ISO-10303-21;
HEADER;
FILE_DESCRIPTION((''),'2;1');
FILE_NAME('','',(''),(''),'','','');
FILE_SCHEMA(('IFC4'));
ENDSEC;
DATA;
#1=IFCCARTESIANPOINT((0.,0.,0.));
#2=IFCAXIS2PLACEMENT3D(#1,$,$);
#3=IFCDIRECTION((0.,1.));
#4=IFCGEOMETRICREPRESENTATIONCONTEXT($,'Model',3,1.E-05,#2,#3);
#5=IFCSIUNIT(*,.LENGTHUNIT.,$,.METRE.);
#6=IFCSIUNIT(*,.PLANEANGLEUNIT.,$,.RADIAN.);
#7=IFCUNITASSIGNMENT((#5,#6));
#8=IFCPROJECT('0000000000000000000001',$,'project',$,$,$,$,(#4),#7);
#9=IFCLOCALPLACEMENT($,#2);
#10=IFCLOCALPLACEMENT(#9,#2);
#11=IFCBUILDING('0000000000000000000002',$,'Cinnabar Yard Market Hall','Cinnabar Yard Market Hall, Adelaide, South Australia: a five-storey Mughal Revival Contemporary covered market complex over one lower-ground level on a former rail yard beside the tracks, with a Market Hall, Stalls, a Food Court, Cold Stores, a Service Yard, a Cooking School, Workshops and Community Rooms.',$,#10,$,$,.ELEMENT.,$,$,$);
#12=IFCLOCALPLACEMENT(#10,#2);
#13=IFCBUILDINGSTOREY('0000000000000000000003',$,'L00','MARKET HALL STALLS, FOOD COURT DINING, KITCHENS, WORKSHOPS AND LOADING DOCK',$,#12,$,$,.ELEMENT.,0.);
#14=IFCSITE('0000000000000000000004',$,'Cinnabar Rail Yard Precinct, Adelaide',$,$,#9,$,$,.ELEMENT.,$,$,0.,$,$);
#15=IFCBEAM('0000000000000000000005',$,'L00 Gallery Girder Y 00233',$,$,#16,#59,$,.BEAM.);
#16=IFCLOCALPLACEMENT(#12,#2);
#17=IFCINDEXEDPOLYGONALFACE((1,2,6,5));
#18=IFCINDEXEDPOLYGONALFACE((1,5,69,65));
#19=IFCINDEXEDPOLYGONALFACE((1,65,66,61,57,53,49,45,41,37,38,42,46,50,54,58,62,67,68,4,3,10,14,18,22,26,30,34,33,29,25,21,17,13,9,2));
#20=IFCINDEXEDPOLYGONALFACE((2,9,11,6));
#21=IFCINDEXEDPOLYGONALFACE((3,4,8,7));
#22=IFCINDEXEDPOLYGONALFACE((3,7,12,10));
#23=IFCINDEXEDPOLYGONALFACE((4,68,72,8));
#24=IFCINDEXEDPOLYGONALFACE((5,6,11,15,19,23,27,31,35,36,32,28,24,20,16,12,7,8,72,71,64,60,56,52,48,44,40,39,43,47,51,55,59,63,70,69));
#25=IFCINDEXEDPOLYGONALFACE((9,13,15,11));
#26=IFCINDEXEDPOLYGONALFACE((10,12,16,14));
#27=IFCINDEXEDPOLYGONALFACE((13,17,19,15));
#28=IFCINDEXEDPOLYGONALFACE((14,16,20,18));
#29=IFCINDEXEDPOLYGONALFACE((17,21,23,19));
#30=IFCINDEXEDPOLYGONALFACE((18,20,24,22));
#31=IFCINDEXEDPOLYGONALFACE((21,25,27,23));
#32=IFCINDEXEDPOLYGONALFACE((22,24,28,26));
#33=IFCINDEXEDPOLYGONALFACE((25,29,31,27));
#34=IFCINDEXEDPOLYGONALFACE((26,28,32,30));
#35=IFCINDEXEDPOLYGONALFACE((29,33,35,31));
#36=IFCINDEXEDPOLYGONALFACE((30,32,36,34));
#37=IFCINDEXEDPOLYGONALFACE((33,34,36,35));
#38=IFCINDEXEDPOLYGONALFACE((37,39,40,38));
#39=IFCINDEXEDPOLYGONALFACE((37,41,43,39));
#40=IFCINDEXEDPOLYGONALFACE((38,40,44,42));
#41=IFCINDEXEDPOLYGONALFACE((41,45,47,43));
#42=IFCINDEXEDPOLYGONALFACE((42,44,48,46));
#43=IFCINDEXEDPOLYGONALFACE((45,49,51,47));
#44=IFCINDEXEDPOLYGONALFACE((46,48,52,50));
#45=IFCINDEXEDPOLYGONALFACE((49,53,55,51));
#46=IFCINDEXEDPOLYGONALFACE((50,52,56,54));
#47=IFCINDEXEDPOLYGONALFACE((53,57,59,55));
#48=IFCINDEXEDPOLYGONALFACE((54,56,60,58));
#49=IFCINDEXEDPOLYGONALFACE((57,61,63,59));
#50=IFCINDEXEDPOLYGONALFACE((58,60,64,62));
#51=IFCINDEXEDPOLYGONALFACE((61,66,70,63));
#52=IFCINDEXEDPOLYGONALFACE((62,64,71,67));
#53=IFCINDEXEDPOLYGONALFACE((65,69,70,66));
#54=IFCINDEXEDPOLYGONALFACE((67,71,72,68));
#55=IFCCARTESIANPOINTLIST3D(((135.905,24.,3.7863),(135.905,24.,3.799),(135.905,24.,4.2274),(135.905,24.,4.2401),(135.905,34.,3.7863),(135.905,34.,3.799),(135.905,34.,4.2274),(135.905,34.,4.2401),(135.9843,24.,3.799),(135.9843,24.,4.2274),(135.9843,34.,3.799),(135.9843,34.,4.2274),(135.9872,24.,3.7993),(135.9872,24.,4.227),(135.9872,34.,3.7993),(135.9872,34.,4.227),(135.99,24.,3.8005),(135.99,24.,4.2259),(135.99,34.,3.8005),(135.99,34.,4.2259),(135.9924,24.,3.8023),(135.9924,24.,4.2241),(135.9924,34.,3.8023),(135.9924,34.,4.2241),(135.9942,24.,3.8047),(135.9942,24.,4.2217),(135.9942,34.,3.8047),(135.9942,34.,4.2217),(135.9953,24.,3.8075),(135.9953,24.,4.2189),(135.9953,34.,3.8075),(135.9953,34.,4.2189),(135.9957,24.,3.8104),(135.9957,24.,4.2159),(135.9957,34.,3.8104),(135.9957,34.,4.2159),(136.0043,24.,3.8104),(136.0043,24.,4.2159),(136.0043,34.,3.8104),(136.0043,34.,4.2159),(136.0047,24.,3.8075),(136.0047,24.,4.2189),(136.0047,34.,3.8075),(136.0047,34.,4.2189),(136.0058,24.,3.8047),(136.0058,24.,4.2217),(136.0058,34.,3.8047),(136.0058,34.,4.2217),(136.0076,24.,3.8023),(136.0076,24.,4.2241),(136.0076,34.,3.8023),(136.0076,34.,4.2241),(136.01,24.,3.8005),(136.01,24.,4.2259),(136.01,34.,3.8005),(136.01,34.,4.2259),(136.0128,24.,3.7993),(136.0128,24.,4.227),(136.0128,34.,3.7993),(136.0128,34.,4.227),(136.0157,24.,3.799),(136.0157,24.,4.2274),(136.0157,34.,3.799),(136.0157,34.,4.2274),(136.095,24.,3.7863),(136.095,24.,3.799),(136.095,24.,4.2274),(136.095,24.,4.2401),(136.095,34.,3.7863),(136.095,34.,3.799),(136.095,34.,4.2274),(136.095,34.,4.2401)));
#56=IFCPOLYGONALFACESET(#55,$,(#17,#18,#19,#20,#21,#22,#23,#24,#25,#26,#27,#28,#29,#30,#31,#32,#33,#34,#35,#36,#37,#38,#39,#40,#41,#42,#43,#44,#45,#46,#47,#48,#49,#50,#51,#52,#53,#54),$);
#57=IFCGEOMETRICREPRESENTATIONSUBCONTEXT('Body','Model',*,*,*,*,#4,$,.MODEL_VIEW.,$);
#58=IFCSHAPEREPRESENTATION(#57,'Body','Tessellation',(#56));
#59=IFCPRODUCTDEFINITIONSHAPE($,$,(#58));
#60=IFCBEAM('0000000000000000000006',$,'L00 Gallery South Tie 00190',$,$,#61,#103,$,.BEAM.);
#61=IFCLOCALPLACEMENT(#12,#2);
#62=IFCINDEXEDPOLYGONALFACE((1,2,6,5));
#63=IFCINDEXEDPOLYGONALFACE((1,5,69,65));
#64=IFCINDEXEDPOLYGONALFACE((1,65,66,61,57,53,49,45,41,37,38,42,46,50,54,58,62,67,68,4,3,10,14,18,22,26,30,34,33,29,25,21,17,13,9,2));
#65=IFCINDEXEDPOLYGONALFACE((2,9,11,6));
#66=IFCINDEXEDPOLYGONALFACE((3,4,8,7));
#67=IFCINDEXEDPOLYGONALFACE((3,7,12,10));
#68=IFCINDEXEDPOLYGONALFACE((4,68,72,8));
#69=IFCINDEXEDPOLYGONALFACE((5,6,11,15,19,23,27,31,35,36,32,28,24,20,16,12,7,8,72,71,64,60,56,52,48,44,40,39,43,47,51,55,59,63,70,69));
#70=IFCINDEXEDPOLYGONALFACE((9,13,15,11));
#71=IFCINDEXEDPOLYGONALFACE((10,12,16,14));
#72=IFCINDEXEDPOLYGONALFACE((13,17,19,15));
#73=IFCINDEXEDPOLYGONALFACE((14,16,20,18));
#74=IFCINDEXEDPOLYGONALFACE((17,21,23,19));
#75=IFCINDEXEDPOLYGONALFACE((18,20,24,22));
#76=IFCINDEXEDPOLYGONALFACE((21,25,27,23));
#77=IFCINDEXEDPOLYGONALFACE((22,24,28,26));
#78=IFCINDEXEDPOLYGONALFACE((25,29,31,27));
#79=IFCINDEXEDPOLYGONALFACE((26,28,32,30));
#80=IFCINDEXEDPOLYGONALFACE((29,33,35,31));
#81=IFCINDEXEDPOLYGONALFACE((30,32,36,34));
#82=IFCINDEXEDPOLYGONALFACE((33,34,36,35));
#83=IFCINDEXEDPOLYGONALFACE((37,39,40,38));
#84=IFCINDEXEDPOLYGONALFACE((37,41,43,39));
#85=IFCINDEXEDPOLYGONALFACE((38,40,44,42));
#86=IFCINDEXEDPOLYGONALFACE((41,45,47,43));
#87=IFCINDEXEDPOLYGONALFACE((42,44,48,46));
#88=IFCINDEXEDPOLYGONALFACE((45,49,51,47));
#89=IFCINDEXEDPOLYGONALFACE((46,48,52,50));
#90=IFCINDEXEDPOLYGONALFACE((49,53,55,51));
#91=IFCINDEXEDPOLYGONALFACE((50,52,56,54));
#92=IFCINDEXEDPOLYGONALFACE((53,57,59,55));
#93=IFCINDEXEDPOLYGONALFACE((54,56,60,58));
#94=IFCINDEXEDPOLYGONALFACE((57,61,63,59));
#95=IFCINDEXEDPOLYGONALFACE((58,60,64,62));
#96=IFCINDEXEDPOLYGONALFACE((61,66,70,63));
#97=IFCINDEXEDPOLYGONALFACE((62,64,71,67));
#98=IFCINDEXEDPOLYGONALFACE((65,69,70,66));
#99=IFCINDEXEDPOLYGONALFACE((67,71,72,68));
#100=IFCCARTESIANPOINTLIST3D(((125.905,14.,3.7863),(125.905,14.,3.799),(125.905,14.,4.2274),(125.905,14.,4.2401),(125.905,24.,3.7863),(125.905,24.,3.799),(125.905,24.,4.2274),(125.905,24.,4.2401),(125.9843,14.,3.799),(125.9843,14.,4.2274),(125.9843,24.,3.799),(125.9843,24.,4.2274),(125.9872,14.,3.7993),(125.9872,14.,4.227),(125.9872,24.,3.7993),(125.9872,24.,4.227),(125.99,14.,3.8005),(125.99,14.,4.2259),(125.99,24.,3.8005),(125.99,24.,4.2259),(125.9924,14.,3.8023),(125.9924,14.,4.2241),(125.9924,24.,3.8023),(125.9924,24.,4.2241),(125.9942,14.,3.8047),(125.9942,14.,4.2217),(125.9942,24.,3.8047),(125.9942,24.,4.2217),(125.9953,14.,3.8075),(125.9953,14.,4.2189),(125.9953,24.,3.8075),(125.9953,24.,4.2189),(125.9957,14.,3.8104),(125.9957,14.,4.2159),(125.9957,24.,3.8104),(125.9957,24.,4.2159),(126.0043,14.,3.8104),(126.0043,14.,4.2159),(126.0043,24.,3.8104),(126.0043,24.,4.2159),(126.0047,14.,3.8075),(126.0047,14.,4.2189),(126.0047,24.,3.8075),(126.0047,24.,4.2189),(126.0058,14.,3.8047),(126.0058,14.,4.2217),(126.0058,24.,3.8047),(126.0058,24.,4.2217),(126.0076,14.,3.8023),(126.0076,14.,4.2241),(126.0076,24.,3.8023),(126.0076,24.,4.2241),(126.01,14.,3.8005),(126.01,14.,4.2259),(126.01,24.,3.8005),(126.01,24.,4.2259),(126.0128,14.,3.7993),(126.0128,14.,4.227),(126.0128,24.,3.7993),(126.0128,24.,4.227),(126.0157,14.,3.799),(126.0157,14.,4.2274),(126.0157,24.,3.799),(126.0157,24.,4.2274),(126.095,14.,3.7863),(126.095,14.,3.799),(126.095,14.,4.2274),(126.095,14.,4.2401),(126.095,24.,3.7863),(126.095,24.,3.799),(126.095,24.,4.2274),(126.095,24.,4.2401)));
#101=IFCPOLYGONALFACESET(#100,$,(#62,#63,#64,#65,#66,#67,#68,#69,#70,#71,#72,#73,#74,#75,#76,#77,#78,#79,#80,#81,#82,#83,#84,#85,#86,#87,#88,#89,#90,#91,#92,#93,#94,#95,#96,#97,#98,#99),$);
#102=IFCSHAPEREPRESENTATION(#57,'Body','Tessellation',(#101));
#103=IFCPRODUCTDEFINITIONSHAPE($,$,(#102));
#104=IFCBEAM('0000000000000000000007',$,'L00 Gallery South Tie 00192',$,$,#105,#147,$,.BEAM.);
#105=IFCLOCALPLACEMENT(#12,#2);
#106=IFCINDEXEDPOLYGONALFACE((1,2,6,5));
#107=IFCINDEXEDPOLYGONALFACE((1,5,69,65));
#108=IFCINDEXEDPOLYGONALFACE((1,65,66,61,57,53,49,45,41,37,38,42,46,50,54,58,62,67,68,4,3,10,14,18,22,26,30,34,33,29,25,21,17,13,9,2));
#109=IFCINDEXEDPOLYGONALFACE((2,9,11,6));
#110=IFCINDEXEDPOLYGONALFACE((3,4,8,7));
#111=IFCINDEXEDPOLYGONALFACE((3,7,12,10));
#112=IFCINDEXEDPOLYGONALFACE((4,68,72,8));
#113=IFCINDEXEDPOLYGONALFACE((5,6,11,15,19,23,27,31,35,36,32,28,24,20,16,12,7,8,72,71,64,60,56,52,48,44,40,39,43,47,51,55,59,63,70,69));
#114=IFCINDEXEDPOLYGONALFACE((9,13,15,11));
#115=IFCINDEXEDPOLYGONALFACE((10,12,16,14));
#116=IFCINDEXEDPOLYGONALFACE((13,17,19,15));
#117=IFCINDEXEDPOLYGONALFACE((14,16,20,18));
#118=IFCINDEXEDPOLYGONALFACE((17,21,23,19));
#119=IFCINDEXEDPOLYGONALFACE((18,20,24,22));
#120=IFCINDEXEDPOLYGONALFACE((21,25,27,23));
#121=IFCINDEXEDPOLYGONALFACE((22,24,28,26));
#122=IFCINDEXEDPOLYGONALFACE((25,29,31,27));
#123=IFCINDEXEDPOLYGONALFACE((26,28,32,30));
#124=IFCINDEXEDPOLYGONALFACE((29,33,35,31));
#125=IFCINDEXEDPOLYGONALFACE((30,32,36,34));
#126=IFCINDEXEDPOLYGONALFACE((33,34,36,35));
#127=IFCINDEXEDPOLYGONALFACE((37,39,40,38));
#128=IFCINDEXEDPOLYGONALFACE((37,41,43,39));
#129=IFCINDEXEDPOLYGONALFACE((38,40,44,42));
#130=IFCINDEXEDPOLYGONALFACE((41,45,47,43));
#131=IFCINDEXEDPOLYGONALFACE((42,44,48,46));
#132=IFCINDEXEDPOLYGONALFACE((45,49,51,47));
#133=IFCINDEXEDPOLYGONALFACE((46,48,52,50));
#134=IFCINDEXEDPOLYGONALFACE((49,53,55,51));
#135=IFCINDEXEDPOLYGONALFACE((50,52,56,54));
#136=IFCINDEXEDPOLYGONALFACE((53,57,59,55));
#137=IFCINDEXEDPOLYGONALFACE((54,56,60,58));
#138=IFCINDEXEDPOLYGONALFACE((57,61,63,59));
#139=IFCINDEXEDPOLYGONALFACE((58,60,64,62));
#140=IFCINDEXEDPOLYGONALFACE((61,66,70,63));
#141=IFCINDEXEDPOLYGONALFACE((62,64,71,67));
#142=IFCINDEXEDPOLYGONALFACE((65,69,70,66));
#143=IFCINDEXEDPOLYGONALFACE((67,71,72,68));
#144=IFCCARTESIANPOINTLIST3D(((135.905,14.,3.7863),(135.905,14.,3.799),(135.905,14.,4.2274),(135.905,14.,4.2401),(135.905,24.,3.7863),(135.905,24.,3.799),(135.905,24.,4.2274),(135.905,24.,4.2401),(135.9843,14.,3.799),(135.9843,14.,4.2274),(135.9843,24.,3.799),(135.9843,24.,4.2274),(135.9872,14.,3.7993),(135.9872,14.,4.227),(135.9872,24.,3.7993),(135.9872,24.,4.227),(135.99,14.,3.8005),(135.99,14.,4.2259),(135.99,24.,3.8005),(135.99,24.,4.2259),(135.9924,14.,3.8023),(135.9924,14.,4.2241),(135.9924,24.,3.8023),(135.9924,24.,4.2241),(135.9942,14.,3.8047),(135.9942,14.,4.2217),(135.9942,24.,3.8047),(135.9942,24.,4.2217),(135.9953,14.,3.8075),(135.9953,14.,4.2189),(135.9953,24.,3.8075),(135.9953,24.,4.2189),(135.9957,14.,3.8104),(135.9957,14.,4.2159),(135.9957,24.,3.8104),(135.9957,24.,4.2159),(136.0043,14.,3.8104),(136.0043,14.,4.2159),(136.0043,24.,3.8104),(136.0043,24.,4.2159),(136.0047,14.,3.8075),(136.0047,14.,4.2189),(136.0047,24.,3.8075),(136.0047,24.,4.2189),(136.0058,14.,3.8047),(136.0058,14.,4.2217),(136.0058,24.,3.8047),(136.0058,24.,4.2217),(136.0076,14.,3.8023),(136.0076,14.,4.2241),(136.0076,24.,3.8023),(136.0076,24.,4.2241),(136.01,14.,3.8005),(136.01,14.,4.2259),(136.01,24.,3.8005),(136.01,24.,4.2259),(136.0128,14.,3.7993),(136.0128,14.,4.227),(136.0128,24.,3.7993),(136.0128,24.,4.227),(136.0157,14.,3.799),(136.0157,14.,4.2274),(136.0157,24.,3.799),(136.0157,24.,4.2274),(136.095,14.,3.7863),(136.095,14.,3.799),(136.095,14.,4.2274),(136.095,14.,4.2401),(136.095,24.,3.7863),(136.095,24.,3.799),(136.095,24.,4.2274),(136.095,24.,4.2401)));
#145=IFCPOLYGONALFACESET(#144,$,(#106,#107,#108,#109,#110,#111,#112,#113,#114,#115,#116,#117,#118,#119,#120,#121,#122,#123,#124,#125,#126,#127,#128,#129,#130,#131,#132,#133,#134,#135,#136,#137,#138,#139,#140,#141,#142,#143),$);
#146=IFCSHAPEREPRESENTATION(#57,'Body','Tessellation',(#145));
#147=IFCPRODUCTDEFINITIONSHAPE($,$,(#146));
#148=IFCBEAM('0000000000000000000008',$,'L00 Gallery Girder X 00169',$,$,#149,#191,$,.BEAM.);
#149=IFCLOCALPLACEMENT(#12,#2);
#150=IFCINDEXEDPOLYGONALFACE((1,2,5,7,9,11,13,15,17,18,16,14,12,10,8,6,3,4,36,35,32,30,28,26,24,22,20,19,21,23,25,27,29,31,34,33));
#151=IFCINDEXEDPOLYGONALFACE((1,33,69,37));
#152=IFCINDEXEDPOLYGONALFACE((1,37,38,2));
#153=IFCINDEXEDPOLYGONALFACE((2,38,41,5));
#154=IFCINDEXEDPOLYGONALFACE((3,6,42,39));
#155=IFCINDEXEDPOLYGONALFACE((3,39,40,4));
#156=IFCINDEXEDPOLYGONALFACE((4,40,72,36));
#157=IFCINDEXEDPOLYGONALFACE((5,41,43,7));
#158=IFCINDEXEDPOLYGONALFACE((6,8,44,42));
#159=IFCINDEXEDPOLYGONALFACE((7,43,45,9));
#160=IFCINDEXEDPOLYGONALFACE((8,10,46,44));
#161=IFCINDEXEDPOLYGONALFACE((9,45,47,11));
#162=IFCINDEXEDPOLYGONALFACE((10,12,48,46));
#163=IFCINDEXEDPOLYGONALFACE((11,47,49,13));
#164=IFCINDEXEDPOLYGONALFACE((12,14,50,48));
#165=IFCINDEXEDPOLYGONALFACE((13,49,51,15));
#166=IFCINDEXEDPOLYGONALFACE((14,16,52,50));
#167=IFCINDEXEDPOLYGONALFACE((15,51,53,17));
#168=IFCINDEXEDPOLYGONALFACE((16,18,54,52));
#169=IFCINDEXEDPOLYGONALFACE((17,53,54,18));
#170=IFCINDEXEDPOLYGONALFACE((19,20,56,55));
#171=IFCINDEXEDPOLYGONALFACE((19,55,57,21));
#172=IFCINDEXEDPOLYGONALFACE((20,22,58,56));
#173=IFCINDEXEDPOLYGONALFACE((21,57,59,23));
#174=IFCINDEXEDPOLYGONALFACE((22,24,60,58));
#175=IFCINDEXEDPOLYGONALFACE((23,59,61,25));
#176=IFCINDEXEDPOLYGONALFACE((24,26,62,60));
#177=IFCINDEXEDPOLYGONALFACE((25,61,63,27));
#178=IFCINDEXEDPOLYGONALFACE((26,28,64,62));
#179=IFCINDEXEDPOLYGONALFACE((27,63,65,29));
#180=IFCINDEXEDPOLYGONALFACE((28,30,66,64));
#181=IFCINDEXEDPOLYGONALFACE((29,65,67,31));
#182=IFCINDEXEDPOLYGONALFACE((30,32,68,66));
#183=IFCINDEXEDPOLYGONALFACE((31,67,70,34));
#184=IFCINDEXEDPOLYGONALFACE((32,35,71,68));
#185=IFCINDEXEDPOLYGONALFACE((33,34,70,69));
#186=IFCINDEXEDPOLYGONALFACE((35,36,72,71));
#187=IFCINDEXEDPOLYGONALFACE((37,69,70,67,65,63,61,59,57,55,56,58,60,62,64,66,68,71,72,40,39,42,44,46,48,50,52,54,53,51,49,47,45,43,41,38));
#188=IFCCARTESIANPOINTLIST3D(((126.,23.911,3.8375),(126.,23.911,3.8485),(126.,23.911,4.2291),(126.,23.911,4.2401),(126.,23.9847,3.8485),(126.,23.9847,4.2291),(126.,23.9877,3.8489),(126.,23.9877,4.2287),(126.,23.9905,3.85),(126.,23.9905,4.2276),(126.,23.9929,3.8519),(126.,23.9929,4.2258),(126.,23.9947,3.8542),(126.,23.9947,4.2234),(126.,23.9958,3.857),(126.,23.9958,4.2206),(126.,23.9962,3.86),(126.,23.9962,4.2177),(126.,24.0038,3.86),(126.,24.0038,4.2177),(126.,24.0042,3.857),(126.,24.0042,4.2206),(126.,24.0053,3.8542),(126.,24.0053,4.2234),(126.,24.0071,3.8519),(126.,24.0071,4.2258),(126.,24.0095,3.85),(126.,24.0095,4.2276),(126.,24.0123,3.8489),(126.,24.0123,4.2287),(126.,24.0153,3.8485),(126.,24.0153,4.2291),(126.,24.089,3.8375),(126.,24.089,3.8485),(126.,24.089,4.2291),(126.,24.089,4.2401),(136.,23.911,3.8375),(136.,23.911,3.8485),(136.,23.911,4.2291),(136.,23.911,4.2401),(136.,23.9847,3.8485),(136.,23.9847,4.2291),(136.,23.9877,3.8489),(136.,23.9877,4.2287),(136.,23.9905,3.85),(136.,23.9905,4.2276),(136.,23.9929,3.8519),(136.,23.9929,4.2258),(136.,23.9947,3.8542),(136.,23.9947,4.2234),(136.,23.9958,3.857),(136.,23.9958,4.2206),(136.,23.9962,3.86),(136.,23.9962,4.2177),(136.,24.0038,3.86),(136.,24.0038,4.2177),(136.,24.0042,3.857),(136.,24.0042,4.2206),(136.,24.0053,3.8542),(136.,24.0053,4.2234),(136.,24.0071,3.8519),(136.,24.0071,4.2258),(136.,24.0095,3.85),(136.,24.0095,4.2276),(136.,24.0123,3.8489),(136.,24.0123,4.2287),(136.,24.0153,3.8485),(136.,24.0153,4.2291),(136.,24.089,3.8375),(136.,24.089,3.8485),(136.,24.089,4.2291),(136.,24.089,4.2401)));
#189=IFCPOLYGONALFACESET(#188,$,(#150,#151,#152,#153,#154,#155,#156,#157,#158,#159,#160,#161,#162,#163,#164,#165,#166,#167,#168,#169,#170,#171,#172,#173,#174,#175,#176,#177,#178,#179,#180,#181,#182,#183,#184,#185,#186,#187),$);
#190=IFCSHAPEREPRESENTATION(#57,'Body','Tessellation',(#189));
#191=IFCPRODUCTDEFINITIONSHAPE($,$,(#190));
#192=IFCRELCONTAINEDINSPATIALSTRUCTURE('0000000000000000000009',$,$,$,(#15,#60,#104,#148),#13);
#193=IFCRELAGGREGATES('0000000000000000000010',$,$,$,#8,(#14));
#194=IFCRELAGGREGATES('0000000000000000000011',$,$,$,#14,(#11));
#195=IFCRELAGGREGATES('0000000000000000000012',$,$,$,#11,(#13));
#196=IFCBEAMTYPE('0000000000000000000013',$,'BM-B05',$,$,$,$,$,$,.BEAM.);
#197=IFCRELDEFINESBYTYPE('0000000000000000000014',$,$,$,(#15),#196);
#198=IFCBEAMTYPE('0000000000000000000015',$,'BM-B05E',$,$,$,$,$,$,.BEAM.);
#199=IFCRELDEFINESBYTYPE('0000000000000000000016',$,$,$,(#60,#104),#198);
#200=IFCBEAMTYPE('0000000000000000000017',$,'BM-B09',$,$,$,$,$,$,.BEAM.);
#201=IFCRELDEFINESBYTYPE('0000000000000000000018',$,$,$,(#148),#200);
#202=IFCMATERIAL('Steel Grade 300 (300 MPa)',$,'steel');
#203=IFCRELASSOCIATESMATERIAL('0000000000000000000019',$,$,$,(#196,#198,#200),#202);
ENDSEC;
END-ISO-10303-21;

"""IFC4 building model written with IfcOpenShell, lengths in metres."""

from ifc_helpers import new_model, si_unit, direction, frame, origin, origin_2d_with_axis, place, context, subcontext, project, spatial, i_section, extrude, material, material_profile, profile_set, type_object, element, save


model = new_model("IFC4")

# Units and contexts
model_context = context("Model", 3, precision=1e-05, world=origin(), true_north=direction((0.0, 1.0)))
body_context = subcontext(model_context, "Body", "Model", "MODEL_VIEW")
ifc_project = project(units=[si_unit("LENGTHUNIT", "METRE"), si_unit("PLANEANGLEUNIT", "RADIAN")], contexts=[model_context])

# Site, building, storey
site_placement = place(None, origin())
site = spatial("IfcSite", under=ifc_project, at=site_placement, Name="Cinnabar Rail Yard Precinct, Adelaide", CompositionType="ELEMENT", RefElevation=0.0)
building_placement = place(site_placement, origin())
building = spatial("IfcBuilding", under=site, at=building_placement, Name="Cinnabar Yard Market Hall", Description="Cinnabar Yard Market Hall, Adelaide, South Australia: a five-storey Mughal Revival Contemporary covered market complex over one lower-ground level on a former rail yard beside the tracks, with a Market Hall, Stalls, a Food Court, Cold Stores, a Service Yard, a Cooking School, Workshops and Community Rooms.", CompositionType="ELEMENT")
storey_placement = place(building_placement, origin())
storey = spatial("IfcBuildingStorey", under=building, at=storey_placement, Name="L00", Description="MARKET HALL STALLS, FOOD COURT DINING, KITCHENS, WORKSHOPS AND LOADING DOCK", CompositionType="ELEMENT", Elevation=0.0)

# Beams
ifc_material_1 = material(Name="Steel Grade 300 (300 MPa)", Category="steel")
ifc_material_profile_1 = material_profile(ifc_material_1, i_section(OverallWidth=0.1899, OverallDepth=0.4539, WebThickness=0.0085, FlangeThickness=0.0127, FilletRadius=0.0115, at=origin_2d_with_axis()), Name="460UB67.1")
ifc_profile_set_1 = profile_set([ifc_material_profile_1], Name="Steel Grade 300 (300 MPa)")
beam_type_1 = type_object("IfcBeamType", Name="BM-B05", PredefinedType="BEAM", material=ifc_profile_set_1)
for number, where, z_axis, x_axis, name in (
    (1, (136.0, 24.0, 4.0132), (0.0, 1.0, 0.0), (-1.0, 0.0, 0.0), "L00 Gallery Girder Y 00233"),
):
    element("IfcBeam", number, at=place(storey_placement, frame(where, z_axis=z_axis, x_axis=x_axis)), inside=storey, type_object=beam_type_1, Name=name, PredefinedType="BEAM", context=body_context, shape_type="SweptSolid", body=[
        extrude(i_section(OverallWidth=0.1899, OverallDepth=0.4539, WebThickness=0.0085, FlangeThickness=0.0127, FilletRadius=0.0115, at=origin_2d_with_axis()), origin(), (0.0, 0.0, 1.0), 10.0),
    ])
ifc_material_profile_2 = material_profile(ifc_material_1, i_section(OverallWidth=0.1899, OverallDepth=0.4539, WebThickness=0.0085, FlangeThickness=0.0127, FilletRadius=0.0115, at=origin_2d_with_axis()), Name="460UB67.1")
ifc_profile_set_2 = profile_set([ifc_material_profile_2], Name="Steel Grade 300 (300 MPa)")
beam_type_2 = type_object("IfcBeamType", Name="BM-B05E", PredefinedType="BEAM", material=ifc_profile_set_2)
for number, where, z_axis, x_axis, name in (
    (2, (126.0, 24.0, 4.0132), (0.0, -1.0, 0.0), (1.0, 0.0, 0.0), "L00 Gallery South Tie 00190"),
    (3, (136.0, 24.0, 4.0132), (0.0, -1.0, 0.0), (1.0, 0.0, 0.0), "L00 Gallery South Tie 00192"),
):
    element("IfcBeam", number, at=place(storey_placement, frame(where, z_axis=z_axis, x_axis=x_axis)), inside=storey, type_object=beam_type_2, Name=name, PredefinedType="BEAM", context=body_context, shape_type="SweptSolid", body=[
        extrude(i_section(OverallWidth=0.1899, OverallDepth=0.4539, WebThickness=0.0085, FlangeThickness=0.0127, FilletRadius=0.0115, at=origin_2d_with_axis()), origin(), (0.0, 0.0, 1.0), 10.0),
    ])
ifc_material_profile_3 = material_profile(ifc_material_1, i_section(OverallWidth=0.178, OverallDepth=0.4026, WebThickness=0.0076, FlangeThickness=0.011, FilletRadius=0.0115, at=origin_2d_with_axis()), Name="410UB53.7")
ifc_profile_set_3 = profile_set([ifc_material_profile_3], Name="Steel Grade 300 (300 MPa)")
beam_type_3 = type_object("IfcBeamType", Name="BM-B09", PredefinedType="BEAM", material=ifc_profile_set_3)
beam_1_placement = place(storey_placement, frame((126.0, 24.0, 4.0388), z_axis=(1.0, 0.0, 0.0), x_axis=(0.0, 1.0, 0.0)))
element("IfcBeam", 4, at=beam_1_placement, inside=storey, type_object=beam_type_3, Name="L00 Gallery Girder X 00169", PredefinedType="BEAM", context=body_context, shape_type="SweptSolid", body=[
    extrude(i_section(OverallWidth=0.178, OverallDepth=0.4026, WebThickness=0.0076, FlangeThickness=0.011, FilletRadius=0.0115, at=origin_2d_with_axis()), origin(), (0.0, 0.0, 1.0), 10.0),
])

save(model, "model.ifc")
